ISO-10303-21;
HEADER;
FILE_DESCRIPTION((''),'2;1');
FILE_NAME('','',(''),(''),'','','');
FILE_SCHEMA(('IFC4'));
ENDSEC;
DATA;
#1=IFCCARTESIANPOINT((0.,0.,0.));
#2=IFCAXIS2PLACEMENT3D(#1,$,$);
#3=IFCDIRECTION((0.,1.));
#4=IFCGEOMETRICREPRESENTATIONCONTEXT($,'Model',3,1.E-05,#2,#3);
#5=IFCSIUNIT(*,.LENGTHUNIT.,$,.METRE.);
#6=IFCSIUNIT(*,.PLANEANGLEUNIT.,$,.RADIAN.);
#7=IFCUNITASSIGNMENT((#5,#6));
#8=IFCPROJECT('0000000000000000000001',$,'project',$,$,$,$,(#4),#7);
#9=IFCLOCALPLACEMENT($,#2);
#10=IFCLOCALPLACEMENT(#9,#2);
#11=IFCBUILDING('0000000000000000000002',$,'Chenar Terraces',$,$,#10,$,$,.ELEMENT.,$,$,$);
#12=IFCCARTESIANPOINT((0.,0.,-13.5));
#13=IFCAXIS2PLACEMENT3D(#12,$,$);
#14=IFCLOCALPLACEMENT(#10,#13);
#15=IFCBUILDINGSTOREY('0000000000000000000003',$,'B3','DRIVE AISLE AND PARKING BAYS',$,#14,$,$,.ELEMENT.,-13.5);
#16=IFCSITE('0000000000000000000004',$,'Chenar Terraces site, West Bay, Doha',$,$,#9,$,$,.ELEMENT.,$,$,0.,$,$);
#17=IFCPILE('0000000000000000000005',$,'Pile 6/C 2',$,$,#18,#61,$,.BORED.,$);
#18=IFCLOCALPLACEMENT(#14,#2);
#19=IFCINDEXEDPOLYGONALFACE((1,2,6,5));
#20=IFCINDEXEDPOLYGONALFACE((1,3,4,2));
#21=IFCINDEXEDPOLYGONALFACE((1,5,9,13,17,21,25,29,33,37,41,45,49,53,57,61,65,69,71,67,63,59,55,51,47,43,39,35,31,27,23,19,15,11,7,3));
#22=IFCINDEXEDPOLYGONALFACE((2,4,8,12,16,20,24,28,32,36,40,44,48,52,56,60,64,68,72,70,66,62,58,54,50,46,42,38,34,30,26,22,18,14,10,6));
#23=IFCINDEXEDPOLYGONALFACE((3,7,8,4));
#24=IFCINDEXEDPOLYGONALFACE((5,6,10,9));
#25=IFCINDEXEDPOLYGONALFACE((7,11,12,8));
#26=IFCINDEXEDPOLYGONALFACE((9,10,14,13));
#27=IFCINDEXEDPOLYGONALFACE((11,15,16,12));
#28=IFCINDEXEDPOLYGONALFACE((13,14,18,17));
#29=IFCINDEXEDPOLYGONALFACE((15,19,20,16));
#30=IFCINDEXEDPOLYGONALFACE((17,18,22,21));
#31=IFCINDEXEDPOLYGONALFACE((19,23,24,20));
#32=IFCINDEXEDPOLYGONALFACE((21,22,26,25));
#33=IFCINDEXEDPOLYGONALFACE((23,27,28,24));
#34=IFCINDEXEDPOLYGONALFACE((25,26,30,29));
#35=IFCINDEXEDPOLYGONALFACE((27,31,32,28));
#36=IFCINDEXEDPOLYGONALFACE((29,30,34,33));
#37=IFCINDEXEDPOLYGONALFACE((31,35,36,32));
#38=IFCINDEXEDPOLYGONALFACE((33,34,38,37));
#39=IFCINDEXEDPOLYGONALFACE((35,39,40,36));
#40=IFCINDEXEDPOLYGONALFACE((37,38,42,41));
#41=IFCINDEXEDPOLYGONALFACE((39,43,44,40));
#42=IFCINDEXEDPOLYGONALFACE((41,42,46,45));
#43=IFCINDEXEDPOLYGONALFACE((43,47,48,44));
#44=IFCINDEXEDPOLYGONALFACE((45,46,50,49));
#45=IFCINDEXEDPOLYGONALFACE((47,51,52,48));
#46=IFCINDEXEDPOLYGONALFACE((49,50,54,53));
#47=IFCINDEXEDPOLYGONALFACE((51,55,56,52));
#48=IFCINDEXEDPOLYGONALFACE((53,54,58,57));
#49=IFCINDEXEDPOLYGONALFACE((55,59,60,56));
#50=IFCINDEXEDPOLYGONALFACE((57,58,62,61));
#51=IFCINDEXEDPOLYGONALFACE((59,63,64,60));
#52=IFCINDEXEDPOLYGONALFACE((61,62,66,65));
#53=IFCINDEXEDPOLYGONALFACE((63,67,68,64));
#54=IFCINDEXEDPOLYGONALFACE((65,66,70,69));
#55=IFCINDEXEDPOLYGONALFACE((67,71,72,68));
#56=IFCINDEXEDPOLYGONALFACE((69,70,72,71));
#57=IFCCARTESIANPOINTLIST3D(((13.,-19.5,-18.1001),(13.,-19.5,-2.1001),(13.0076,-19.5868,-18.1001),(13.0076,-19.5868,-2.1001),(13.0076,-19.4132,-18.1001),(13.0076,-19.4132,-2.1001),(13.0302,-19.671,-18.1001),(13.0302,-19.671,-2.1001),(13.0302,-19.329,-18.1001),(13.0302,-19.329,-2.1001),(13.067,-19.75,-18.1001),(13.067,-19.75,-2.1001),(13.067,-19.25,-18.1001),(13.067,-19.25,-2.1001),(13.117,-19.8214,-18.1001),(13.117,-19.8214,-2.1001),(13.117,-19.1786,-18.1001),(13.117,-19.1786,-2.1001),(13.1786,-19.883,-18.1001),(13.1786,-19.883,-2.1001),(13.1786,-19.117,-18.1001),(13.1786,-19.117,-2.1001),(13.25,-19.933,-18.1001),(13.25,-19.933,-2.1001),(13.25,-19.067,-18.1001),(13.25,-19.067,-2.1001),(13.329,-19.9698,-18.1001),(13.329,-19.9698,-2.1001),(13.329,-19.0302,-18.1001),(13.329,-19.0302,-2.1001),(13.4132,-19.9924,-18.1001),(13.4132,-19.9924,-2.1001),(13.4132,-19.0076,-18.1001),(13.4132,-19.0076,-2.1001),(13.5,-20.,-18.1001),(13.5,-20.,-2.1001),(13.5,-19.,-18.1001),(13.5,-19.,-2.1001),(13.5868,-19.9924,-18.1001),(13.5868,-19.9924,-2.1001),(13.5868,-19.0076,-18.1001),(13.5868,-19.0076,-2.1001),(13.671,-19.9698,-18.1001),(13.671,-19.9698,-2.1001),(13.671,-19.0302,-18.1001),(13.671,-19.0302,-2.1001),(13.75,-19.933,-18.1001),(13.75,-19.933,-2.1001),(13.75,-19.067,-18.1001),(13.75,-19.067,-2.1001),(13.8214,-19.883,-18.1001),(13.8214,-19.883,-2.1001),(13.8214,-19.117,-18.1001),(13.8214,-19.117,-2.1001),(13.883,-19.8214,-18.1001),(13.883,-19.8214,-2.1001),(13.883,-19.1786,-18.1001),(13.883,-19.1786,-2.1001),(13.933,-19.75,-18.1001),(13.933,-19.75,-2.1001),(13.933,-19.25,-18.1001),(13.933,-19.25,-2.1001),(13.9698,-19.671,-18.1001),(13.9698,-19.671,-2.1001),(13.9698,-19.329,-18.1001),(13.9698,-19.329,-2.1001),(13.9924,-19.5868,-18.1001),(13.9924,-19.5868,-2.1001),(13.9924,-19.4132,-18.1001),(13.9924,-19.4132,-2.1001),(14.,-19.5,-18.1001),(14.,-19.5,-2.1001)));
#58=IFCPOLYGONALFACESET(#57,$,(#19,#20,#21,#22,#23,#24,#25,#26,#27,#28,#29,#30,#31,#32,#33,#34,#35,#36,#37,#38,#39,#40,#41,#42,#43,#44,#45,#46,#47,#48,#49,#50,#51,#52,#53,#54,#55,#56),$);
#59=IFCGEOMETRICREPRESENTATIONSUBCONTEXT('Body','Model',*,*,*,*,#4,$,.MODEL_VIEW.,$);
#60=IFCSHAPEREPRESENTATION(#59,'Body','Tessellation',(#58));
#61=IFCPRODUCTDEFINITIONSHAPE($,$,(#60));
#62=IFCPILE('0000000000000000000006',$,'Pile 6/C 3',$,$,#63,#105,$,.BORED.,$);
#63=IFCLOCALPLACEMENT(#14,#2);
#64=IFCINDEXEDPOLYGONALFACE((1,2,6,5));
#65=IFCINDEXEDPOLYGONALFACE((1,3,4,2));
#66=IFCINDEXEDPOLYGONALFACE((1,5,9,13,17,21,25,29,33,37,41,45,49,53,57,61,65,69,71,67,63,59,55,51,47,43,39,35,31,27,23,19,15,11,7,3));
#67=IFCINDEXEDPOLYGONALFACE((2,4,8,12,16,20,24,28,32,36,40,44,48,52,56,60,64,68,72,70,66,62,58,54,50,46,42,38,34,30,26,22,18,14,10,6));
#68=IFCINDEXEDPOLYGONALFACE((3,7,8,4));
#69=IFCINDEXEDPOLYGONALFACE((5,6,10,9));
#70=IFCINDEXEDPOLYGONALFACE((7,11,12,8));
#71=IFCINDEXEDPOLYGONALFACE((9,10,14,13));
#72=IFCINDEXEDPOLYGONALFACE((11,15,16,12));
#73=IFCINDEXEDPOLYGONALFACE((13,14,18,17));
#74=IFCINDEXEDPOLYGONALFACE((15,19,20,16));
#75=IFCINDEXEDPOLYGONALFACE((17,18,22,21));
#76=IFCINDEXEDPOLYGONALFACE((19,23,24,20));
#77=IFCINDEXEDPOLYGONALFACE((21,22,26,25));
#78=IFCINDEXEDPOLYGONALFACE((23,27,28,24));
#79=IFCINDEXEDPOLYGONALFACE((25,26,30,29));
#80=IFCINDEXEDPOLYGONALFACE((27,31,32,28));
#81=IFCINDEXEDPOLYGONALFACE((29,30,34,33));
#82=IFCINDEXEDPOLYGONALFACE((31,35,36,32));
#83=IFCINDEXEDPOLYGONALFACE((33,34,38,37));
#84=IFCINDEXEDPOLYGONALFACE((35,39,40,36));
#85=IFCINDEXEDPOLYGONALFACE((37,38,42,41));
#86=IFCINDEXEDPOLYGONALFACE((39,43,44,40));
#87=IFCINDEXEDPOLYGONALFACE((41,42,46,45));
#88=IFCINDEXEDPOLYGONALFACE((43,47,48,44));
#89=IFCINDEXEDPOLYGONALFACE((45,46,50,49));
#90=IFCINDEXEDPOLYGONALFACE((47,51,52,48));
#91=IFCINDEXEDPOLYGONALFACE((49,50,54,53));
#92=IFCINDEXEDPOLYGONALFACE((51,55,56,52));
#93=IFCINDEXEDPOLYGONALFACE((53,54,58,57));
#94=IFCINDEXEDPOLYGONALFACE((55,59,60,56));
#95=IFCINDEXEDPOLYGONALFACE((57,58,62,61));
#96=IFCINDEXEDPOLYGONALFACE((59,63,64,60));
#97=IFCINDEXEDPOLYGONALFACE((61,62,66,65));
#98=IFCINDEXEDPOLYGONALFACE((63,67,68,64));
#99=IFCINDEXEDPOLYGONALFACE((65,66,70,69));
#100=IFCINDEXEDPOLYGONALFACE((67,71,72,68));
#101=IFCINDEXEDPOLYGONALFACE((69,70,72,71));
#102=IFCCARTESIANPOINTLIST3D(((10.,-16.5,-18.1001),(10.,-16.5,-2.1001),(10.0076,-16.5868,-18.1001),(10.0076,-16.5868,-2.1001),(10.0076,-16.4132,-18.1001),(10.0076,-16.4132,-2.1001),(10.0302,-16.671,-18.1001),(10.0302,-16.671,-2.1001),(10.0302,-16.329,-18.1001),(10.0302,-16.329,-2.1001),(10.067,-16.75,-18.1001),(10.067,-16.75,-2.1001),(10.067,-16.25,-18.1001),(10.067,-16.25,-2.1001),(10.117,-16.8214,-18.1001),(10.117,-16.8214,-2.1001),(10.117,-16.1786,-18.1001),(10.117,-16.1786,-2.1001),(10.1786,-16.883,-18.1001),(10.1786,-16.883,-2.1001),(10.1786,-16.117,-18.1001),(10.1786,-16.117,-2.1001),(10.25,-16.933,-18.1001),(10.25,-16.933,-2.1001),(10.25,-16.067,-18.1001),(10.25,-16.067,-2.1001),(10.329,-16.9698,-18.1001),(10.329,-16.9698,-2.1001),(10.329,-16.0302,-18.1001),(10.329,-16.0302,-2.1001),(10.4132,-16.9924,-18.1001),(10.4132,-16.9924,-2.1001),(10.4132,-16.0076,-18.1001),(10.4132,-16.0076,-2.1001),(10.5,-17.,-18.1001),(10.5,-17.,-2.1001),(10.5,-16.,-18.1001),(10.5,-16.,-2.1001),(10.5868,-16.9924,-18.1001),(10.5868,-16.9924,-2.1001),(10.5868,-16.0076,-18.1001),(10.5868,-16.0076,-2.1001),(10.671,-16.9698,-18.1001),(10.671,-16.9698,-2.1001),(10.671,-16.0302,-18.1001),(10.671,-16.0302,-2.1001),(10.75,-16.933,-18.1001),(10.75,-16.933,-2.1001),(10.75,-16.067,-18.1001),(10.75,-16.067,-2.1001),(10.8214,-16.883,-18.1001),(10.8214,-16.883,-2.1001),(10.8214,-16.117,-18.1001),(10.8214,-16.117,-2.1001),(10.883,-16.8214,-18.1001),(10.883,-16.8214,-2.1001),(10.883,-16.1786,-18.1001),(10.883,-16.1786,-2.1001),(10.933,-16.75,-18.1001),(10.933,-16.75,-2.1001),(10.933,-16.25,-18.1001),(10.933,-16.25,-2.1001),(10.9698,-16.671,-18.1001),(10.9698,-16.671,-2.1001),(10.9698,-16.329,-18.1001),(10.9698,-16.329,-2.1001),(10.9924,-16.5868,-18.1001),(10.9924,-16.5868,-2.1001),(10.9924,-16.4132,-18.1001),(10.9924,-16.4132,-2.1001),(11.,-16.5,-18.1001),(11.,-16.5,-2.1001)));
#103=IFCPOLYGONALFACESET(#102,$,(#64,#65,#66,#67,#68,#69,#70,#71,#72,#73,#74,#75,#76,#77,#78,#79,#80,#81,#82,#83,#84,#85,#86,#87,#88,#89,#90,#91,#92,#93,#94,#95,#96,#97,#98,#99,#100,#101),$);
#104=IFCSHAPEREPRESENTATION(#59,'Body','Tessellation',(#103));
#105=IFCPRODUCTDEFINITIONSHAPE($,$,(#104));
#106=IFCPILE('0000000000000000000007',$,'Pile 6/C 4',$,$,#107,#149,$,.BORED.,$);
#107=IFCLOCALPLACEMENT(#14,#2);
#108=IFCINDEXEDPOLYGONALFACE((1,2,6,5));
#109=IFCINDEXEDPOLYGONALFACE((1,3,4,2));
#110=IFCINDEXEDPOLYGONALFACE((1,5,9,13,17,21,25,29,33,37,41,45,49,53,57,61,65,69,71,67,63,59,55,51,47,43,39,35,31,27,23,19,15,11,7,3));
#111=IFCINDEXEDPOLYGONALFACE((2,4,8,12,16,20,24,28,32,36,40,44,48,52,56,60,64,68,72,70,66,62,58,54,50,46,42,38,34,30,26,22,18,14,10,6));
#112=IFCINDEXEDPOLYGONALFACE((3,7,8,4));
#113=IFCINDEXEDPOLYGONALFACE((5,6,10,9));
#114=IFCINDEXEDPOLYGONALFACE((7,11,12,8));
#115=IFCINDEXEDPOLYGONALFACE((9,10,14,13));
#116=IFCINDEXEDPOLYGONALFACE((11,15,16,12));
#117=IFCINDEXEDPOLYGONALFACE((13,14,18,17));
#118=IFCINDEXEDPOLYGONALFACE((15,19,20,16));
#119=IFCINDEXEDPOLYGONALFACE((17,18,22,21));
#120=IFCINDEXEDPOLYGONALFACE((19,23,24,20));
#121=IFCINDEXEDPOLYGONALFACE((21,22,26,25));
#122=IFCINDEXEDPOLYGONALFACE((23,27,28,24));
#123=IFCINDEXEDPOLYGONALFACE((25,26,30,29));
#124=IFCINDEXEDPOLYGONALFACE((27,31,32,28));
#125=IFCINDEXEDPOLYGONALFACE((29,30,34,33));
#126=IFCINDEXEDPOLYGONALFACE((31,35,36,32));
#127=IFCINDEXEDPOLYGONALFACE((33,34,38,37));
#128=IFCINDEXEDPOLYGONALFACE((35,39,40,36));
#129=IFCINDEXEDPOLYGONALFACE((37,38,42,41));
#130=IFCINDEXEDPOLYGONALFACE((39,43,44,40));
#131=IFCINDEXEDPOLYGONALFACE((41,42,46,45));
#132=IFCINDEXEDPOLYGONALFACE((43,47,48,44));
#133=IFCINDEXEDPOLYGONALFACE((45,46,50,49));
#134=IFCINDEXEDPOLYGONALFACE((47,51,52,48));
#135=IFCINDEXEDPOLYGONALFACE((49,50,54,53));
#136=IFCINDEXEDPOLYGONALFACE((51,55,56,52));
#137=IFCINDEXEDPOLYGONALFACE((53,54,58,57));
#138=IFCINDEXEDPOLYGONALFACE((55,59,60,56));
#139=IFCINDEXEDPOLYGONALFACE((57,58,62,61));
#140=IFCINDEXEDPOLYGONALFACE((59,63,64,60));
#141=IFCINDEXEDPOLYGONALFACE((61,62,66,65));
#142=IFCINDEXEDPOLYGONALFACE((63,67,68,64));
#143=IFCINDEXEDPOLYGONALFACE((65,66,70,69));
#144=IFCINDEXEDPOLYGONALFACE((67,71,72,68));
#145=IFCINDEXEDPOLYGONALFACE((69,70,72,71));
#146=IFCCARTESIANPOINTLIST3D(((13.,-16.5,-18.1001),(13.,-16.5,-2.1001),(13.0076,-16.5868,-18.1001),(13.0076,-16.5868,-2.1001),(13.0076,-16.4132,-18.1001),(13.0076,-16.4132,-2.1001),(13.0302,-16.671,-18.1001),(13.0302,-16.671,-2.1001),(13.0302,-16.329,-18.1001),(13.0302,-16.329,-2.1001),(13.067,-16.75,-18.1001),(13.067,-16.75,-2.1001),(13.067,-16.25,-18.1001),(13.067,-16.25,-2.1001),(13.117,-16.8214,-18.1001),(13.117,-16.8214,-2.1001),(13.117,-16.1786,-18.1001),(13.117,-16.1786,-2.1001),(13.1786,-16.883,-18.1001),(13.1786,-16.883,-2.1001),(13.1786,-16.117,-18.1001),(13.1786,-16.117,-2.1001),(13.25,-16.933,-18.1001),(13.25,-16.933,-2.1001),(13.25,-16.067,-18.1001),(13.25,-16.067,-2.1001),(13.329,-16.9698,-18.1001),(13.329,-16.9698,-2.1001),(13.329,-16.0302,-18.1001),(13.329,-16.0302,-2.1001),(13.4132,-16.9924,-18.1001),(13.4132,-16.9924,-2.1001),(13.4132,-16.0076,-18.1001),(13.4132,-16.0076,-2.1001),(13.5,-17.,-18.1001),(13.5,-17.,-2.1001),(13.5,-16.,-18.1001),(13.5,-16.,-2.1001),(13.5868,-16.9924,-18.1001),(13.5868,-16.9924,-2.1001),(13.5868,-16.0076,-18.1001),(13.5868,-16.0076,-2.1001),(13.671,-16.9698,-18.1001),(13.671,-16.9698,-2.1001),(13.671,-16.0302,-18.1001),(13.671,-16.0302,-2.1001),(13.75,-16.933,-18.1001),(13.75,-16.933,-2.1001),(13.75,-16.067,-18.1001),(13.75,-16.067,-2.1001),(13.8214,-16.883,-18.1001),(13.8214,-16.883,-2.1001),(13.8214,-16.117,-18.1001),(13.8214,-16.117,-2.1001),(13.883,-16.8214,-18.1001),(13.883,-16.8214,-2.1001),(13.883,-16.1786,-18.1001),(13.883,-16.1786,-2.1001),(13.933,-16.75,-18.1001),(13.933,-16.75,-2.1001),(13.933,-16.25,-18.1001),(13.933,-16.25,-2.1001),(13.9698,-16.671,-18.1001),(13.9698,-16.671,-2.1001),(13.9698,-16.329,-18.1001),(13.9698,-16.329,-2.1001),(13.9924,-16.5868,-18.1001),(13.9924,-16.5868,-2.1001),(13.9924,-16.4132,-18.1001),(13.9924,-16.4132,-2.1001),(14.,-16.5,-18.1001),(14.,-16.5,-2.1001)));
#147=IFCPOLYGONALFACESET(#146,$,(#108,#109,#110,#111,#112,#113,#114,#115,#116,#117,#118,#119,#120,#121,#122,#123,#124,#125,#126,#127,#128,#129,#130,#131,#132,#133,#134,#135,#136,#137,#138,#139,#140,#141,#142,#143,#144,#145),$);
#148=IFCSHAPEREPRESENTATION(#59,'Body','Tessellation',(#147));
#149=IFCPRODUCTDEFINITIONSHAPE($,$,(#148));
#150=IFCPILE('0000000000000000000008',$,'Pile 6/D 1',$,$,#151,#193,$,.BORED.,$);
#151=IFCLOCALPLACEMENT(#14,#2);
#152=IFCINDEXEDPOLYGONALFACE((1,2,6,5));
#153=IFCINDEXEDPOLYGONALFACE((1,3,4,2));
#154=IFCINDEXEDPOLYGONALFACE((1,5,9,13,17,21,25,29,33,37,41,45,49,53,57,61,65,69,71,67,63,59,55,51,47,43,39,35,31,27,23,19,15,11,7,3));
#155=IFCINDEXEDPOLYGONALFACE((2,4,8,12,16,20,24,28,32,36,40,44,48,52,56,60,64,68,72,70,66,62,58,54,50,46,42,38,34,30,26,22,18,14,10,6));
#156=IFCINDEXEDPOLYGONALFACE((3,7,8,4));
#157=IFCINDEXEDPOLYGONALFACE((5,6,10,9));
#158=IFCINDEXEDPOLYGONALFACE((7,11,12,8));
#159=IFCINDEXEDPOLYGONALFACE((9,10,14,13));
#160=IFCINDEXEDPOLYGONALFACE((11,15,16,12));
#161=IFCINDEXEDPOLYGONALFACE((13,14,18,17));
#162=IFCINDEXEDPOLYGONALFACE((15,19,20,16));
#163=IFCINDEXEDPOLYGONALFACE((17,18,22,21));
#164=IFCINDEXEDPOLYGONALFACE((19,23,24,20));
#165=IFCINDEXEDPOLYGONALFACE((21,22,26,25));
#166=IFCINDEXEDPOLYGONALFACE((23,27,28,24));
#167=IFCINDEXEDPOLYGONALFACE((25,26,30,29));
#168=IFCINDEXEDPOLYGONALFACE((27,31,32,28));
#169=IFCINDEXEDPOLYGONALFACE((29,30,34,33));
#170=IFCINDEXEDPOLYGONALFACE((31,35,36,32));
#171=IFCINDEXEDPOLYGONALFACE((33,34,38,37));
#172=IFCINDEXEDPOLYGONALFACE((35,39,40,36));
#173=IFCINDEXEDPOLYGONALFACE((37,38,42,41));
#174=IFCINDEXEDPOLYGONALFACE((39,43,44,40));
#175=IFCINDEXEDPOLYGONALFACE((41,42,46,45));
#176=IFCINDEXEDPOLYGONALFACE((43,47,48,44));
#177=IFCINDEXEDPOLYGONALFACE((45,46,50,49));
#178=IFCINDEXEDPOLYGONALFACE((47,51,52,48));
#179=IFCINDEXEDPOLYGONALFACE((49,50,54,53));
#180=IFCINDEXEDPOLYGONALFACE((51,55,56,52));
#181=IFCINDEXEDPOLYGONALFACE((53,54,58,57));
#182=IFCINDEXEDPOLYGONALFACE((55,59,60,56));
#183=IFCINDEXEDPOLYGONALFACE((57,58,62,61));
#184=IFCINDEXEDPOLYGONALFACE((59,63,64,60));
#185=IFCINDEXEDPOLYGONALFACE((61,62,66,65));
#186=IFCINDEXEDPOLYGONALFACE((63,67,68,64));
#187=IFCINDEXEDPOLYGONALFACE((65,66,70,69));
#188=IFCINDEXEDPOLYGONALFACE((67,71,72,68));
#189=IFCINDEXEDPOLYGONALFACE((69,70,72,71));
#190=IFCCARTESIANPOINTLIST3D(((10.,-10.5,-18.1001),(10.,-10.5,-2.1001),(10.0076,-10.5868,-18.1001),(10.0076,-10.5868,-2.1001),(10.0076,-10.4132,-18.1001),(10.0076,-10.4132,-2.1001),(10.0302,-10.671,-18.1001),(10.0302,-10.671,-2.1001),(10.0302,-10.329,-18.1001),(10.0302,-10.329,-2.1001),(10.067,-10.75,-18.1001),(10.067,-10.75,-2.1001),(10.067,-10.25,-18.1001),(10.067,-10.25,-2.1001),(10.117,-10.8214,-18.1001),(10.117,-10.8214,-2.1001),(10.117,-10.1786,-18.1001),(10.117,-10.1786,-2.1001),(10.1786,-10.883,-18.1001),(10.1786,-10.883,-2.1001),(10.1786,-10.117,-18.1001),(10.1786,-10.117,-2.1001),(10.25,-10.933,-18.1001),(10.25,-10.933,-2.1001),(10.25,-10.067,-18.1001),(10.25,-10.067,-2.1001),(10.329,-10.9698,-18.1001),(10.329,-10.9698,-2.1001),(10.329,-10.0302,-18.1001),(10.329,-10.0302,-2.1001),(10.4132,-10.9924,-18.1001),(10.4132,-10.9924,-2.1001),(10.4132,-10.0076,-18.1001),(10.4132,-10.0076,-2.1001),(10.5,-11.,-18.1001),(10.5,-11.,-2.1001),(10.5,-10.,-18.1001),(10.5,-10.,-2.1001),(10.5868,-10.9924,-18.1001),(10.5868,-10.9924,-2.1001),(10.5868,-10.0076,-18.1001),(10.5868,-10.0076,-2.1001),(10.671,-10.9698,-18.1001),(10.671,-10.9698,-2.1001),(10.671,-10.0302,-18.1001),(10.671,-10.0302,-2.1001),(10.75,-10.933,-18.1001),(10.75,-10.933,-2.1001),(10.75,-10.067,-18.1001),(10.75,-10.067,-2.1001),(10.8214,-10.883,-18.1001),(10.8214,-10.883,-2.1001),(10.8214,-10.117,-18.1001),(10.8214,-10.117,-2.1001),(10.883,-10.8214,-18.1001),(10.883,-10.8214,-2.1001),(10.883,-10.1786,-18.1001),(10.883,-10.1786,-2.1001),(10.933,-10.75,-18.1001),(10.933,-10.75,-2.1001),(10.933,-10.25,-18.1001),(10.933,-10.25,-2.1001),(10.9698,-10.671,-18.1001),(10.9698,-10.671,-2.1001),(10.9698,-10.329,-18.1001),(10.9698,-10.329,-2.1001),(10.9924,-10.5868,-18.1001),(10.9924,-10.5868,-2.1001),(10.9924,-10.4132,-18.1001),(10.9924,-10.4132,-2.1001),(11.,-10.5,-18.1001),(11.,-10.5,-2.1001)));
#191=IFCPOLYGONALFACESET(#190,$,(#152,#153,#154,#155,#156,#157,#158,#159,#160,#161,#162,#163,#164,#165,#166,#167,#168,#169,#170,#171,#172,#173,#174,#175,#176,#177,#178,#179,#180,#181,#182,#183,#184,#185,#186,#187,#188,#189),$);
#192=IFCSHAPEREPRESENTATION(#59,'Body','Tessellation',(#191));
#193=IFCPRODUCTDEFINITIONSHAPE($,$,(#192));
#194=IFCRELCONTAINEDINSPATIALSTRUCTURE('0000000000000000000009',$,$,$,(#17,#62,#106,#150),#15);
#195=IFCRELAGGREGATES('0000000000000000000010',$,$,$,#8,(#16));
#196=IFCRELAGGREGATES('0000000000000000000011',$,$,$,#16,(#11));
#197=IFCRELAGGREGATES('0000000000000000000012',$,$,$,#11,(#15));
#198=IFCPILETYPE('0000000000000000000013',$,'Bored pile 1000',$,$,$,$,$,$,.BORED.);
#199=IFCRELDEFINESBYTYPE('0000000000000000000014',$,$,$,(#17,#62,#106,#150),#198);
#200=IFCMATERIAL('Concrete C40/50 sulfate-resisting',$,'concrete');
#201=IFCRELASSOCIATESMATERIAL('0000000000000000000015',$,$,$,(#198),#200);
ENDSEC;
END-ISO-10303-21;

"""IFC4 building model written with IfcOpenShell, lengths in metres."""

from ifc_helpers import new_model, si_unit, direction, frame, origin, origin_2d, place, context, subcontext, project, spatial, circle, extrude, material, material_profile, profile_set, type_object, element, save


model = new_model("IFC4")

# Units and contexts
model_context = context("Model", 3, precision=1e-05, world=origin(), true_north=direction((0.0, 1.0)))
body_context = subcontext(model_context, "Body", "Model", "MODEL_VIEW")
ifc_project = project(units=[si_unit("LENGTHUNIT", "METRE"), si_unit("PLANEANGLEUNIT", "RADIAN")], contexts=[model_context])

# Site, building, storey
site_placement = place(None, origin())
site = spatial("IfcSite", under=ifc_project, at=site_placement, Name="Chenar Terraces site, West Bay, Doha", CompositionType="ELEMENT", RefElevation=0.0)
building_placement = place(site_placement, origin())
building = spatial("IfcBuilding", under=site, at=building_placement, Name="Chenar Terraces", CompositionType="ELEMENT")
storey_placement = place(building_placement, frame((0.0, 0.0, -13.5)))
storey = spatial("IfcBuildingStorey", under=building, at=storey_placement, Name="B3", Description="DRIVE AISLE AND PARKING BAYS", CompositionType="ELEMENT", Elevation=-13.5)

# Piles
ifc_material_1 = material(Name="Concrete C40/50 sulfate-resisting", Category="concrete")
ifc_material_profile_1 = material_profile(ifc_material_1, circle(Radius=0.5, at=origin_2d()), Name="BP 1000")
ifc_profile_set_1 = profile_set([ifc_material_profile_1], Name="Concrete C40/50 sulfate-resisting")
pile_type = type_object("IfcPileType", Name="Bored pile 1000", PredefinedType="BORED", material=ifc_profile_set_1)
for number, where, z_axis, x_axis, name in (
    (1, (13.5, -19.5, -2.1001), (0.0, 0.0, -1.0), (1.0, 0.0, 0.0), "Pile 6/C 2"),
    (2, (10.5, -16.5, -2.1001), (0.0, 0.0, -1.0), (1.0, 0.0, 0.0), "Pile 6/C 3"),
    (3, (13.5, -16.5, -2.1001), (0.0, 0.0, -1.0), (1.0, 0.0, 0.0), "Pile 6/C 4"),
    (4, (10.5, -10.5, -2.1001), (0.0, 0.0, -1.0), (1.0, 0.0, 0.0), "Pile 6/D 1"),
):
    element("IfcPile", number, at=place(storey_placement, frame(where, z_axis=z_axis, x_axis=x_axis)), inside=storey, type_object=pile_type, Name=name, PredefinedType="BORED", context=body_context, shape_type="SweptSolid", body=[
        extrude(circle(Radius=0.5, at=origin_2d()), origin(), (0.0, 0.0, 1.0), 16.0),
    ])

save(model, "model.ifc")
